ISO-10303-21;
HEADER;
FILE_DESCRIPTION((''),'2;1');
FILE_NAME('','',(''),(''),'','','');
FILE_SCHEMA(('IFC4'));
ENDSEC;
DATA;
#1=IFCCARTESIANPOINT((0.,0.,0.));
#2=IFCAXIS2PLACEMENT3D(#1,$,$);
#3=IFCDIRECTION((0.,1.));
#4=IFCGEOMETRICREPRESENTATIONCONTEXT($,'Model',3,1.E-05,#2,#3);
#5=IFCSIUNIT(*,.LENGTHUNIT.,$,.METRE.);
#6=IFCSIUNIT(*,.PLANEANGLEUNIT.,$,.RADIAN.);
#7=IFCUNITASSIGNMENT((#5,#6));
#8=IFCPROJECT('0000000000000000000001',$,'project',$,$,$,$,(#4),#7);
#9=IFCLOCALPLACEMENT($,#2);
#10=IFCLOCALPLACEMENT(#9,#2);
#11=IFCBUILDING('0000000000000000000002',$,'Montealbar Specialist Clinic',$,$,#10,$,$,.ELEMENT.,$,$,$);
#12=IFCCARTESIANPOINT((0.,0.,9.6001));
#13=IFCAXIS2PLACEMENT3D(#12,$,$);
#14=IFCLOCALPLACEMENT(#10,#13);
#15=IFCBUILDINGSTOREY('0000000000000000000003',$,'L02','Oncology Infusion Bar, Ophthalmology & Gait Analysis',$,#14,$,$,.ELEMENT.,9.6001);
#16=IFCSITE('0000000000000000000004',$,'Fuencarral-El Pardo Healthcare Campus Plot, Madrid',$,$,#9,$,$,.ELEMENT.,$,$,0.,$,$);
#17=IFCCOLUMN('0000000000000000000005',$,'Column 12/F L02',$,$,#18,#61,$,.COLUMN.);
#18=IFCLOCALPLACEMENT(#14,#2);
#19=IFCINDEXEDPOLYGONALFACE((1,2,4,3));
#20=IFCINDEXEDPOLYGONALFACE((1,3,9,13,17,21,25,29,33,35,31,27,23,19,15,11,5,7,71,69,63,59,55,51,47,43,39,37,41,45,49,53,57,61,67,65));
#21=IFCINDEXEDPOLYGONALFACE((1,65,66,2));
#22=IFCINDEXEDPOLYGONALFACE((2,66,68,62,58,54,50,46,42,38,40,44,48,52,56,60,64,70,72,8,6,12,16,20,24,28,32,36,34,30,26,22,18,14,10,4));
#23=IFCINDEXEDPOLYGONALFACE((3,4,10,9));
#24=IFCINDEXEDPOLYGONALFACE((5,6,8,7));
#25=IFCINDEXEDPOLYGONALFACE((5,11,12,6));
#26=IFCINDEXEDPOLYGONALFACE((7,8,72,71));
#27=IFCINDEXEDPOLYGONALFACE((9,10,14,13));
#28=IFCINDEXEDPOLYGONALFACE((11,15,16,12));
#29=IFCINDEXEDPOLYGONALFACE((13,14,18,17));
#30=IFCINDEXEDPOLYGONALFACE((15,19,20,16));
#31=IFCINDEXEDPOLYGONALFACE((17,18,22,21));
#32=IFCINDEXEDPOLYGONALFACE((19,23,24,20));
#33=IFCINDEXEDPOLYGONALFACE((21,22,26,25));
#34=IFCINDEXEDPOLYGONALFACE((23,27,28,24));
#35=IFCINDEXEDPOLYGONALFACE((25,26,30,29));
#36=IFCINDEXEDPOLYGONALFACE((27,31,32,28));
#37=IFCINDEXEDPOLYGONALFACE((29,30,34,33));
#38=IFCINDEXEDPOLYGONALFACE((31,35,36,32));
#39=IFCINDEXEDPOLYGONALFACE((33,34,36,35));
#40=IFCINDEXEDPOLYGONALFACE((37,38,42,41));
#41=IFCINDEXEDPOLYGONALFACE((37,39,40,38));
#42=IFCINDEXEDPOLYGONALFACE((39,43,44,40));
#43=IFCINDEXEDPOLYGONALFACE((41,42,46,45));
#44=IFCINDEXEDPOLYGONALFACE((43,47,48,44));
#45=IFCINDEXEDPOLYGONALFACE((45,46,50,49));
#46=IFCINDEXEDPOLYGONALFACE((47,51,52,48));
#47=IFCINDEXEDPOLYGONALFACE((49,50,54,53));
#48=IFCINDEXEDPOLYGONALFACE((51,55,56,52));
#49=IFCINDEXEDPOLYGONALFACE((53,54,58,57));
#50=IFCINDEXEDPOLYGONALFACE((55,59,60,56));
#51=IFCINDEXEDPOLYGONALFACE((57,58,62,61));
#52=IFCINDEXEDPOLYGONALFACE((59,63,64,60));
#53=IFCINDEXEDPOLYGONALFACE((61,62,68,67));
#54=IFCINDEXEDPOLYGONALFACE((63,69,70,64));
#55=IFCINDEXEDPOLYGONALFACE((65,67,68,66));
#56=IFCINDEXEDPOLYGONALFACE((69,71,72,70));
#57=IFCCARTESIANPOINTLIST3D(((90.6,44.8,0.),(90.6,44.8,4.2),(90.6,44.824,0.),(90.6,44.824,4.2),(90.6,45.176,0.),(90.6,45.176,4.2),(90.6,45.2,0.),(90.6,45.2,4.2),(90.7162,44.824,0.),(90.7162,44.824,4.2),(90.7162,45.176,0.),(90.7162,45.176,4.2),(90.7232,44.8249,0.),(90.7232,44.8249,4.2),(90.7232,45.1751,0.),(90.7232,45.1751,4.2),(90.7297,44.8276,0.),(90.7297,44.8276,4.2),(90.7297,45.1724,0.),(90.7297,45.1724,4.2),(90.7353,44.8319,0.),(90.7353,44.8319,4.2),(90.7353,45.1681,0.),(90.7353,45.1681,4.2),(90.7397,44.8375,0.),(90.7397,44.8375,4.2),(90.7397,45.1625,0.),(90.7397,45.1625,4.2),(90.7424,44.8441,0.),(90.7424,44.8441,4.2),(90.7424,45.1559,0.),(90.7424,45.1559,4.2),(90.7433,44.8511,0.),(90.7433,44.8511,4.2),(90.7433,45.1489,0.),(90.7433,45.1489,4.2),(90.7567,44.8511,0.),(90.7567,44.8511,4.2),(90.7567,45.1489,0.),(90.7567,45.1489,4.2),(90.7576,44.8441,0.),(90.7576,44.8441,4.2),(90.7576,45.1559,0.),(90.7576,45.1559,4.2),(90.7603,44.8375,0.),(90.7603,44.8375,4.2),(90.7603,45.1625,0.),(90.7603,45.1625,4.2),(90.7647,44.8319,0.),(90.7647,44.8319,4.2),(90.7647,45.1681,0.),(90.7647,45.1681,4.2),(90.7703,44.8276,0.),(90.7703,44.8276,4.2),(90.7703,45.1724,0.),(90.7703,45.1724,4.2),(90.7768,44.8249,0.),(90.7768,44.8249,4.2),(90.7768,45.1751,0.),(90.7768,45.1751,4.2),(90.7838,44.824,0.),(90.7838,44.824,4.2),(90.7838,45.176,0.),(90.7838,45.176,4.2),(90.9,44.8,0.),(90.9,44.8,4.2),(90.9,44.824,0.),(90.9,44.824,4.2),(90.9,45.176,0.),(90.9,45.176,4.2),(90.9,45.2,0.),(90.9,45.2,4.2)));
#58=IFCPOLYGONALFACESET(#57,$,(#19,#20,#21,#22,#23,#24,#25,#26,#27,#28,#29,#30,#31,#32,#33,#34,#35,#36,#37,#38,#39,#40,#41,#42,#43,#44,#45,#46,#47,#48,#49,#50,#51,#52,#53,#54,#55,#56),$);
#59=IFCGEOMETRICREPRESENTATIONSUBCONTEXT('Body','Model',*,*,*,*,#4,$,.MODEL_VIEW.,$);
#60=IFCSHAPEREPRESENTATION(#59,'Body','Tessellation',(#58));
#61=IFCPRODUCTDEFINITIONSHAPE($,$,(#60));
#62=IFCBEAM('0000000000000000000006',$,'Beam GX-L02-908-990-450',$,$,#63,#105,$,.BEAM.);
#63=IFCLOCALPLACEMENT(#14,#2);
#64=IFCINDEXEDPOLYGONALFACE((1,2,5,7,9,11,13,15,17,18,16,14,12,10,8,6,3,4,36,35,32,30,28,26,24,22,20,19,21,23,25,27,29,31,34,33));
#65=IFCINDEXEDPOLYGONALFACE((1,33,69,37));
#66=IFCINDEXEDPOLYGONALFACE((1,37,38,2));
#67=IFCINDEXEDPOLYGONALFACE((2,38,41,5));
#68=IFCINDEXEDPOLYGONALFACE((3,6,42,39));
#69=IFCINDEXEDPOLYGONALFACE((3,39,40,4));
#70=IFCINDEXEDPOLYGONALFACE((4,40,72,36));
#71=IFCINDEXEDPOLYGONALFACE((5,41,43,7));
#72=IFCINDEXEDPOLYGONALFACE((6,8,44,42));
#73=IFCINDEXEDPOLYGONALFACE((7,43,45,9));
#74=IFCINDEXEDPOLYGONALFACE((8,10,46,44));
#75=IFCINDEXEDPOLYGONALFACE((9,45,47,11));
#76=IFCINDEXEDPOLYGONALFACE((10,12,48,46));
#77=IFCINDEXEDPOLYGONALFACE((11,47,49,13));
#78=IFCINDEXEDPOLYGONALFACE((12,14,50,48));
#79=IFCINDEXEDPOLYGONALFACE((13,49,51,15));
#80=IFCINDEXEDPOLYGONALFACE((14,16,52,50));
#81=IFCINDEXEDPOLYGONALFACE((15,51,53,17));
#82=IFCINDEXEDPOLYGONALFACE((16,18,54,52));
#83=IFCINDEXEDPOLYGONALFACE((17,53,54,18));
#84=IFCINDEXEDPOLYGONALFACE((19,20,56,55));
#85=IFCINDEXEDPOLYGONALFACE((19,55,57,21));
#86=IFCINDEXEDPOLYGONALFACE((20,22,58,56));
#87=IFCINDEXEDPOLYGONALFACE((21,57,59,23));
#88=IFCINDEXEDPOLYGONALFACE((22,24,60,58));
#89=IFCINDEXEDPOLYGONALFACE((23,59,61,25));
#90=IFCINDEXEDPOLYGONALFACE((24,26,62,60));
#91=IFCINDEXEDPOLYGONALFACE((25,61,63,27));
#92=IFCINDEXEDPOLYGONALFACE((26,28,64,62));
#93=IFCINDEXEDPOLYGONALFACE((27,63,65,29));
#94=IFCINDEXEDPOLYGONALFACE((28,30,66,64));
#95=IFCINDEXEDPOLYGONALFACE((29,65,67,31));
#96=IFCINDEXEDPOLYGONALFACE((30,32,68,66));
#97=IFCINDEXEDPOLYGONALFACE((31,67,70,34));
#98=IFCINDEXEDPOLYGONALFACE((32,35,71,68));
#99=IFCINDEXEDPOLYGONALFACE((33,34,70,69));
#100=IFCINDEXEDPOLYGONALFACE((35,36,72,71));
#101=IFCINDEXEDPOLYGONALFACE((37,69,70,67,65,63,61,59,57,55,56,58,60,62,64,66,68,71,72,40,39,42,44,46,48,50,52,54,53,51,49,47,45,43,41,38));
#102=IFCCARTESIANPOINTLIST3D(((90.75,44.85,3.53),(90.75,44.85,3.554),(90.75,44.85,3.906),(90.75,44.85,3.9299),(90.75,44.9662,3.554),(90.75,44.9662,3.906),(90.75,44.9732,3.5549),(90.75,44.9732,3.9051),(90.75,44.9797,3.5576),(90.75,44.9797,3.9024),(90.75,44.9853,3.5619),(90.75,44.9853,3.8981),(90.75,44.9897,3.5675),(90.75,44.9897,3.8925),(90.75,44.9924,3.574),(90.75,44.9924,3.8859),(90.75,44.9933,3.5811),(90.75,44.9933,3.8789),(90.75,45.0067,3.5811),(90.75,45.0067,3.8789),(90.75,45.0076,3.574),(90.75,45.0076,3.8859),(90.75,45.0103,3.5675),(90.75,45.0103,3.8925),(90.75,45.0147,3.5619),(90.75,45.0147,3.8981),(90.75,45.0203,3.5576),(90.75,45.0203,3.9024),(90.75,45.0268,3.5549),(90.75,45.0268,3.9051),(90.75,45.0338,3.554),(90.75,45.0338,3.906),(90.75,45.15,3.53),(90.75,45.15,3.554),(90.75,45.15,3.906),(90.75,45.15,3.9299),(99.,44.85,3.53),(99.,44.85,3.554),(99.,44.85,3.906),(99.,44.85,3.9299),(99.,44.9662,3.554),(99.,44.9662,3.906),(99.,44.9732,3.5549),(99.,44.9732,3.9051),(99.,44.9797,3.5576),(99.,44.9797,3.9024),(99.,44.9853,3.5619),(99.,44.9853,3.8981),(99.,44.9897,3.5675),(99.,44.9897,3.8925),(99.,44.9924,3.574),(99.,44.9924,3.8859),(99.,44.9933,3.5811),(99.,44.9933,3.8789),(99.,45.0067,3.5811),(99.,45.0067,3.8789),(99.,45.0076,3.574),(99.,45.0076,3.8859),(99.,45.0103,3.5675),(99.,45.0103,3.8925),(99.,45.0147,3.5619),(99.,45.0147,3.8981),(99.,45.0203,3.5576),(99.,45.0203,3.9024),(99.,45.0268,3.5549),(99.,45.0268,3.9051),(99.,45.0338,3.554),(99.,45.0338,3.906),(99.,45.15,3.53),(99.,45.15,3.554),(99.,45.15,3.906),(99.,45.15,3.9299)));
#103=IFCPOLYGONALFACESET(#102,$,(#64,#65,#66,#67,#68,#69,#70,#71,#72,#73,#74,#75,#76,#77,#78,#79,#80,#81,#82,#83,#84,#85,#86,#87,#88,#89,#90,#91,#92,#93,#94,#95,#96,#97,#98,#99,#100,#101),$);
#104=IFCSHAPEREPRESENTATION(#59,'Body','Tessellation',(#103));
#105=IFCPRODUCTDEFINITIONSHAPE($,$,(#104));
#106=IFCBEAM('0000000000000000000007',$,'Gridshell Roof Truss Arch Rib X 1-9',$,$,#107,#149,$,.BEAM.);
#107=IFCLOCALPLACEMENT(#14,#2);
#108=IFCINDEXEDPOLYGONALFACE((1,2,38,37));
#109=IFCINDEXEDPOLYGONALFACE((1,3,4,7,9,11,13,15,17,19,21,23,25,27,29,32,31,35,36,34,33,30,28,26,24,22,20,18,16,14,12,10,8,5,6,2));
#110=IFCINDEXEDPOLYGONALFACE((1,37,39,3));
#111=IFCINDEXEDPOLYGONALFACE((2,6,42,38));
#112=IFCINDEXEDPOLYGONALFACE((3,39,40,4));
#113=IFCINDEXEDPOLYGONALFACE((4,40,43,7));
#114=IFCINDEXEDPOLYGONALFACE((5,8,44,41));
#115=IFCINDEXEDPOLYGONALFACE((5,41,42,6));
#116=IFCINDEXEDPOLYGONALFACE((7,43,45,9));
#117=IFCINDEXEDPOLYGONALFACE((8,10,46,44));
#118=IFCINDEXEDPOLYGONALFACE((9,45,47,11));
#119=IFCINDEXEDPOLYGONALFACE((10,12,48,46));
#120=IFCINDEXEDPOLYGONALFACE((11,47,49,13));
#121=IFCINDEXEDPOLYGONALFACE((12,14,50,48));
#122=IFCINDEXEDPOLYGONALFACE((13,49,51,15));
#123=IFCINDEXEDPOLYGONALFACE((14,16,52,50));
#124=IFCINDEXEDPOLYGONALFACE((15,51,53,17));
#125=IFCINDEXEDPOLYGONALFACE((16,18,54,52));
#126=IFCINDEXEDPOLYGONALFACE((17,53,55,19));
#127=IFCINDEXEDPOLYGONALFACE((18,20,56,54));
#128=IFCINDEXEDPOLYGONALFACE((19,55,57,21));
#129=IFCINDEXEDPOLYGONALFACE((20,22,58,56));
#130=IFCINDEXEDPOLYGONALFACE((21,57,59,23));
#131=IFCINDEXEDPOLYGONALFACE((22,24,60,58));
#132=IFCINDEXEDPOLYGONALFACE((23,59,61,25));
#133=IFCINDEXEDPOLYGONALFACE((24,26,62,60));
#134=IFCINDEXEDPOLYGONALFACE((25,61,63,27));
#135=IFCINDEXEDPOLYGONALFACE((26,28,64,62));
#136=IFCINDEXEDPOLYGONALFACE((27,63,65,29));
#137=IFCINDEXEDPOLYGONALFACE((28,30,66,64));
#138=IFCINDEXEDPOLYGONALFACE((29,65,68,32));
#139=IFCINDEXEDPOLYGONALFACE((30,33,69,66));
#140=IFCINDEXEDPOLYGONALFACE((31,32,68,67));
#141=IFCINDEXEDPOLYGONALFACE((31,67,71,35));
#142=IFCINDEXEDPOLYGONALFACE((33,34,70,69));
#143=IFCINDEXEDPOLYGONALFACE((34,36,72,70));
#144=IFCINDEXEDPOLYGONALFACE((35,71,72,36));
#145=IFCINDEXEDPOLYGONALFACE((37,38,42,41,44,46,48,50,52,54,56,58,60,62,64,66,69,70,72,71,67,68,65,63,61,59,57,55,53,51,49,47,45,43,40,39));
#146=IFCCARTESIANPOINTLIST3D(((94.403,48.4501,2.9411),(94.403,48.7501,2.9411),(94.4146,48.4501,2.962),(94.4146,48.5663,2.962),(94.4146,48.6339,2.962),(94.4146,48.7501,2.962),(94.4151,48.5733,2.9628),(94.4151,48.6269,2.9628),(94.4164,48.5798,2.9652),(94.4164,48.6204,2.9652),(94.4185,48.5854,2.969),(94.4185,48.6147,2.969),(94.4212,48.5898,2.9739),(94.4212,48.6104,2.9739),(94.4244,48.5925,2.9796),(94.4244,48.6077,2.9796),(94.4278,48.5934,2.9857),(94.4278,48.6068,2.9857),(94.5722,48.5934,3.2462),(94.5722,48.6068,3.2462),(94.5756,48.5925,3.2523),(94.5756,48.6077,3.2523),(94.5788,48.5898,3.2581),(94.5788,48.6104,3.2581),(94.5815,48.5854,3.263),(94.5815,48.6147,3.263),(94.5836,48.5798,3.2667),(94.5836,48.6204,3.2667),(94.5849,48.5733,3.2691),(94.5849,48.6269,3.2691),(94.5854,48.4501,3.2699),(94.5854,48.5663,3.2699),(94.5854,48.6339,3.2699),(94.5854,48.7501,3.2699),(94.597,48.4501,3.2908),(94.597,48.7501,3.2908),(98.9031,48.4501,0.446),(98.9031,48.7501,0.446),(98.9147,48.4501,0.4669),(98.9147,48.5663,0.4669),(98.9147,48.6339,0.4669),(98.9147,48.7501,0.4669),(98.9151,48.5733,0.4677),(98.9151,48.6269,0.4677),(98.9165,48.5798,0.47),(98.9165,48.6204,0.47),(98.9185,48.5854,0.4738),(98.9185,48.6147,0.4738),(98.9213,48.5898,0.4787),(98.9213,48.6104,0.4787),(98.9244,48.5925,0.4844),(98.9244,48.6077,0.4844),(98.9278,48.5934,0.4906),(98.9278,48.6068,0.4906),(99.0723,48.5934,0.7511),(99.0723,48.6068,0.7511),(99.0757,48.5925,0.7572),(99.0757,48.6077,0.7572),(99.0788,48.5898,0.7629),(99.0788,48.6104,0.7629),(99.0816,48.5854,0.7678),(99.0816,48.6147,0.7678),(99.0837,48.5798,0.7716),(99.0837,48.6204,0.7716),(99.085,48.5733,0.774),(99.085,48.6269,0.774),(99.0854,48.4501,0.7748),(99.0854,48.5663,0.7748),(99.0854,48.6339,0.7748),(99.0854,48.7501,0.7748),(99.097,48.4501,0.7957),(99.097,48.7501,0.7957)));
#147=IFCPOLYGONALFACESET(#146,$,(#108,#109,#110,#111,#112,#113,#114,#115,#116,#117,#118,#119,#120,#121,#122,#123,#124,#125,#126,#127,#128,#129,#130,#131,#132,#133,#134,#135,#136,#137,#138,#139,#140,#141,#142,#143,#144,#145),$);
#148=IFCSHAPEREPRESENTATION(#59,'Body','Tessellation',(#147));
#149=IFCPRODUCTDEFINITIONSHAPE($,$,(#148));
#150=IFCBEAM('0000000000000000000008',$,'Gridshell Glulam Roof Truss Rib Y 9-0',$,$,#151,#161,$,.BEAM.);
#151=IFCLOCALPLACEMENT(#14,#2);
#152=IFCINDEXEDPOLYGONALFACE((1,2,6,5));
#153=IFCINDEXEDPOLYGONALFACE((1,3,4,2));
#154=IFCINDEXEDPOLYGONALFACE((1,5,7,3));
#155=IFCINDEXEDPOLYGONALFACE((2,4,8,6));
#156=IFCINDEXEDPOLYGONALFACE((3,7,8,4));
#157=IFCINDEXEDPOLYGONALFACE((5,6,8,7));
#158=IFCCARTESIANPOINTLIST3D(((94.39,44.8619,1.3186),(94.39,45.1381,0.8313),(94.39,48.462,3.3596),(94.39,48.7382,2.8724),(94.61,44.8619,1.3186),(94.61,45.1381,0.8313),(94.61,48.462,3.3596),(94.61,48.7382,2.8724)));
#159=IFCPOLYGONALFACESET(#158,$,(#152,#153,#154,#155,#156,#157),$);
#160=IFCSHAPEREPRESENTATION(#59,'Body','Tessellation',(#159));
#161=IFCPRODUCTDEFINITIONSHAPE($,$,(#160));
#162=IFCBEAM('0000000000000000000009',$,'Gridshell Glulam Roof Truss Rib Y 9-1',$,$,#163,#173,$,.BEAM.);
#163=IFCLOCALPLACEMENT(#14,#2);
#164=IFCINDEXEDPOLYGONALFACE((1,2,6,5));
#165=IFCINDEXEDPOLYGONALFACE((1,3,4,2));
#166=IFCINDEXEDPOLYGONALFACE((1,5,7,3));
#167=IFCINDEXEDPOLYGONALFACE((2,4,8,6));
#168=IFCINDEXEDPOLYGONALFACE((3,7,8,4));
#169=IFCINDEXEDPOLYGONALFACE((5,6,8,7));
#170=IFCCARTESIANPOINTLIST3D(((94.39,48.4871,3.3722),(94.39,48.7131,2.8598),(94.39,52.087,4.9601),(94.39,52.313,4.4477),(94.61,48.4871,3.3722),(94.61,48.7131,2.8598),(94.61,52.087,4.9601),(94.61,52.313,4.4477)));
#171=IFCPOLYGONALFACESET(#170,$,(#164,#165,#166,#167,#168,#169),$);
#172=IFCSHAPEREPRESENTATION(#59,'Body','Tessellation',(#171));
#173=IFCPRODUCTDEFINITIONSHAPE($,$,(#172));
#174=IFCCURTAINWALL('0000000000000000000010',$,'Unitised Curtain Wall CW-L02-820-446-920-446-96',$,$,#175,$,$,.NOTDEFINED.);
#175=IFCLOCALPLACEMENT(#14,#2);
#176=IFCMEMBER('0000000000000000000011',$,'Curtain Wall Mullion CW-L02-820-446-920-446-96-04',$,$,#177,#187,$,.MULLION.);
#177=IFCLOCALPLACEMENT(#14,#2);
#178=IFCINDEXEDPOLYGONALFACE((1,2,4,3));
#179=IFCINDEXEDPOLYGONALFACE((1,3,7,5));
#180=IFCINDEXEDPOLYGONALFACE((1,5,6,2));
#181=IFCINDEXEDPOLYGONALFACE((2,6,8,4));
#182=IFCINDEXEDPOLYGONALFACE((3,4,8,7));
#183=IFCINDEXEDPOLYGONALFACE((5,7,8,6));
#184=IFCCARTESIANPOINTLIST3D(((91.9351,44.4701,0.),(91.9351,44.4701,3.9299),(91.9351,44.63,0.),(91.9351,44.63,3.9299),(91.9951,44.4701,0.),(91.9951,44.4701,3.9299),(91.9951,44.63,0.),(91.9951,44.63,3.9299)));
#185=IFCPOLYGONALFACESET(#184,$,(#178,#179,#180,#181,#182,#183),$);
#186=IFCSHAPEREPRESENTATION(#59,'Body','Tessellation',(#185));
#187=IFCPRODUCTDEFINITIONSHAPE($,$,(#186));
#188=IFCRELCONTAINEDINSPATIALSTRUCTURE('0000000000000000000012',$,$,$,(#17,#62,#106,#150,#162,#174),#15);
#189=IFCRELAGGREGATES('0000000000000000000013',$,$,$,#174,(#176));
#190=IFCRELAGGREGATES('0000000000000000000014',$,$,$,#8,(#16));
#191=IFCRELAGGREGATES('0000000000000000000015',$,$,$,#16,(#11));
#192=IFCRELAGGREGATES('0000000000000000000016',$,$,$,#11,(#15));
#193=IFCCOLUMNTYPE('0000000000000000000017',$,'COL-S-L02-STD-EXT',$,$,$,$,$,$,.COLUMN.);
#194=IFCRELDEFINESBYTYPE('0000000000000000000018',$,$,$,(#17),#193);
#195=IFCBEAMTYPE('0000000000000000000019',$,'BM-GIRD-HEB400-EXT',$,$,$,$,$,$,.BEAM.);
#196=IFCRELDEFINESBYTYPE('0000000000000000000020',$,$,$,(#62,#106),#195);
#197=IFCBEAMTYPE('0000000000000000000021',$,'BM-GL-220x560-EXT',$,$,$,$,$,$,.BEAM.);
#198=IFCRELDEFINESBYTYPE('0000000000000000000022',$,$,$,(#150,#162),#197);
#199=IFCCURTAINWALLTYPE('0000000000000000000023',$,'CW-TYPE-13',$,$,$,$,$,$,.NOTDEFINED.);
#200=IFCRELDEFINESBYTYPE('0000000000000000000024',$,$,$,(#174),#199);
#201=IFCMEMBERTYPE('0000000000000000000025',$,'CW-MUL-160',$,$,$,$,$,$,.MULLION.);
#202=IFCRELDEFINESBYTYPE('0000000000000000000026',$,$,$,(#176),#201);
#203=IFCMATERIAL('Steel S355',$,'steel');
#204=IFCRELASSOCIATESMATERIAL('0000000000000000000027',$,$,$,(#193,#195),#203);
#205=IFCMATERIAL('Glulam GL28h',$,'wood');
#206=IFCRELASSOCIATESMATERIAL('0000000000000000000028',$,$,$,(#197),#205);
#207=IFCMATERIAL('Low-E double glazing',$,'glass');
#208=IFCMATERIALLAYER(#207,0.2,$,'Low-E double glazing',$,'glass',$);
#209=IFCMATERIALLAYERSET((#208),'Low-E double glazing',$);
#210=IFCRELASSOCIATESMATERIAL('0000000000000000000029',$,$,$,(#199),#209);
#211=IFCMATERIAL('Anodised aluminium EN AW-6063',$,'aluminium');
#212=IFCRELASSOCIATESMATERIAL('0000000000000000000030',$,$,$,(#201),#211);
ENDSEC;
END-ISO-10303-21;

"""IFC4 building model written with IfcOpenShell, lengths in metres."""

from ifc_helpers import new_model, si_unit, direction, frame, origin, origin_2d, place, context, subcontext, project, spatial, rectangle, i_section, extrude, material, layer, layer_set, material_profile, profile_set, type_object, element, aggregate, save


model = new_model("IFC4")

# Units and contexts
model_context = context("Model", 3, precision=1e-05, world=origin(), true_north=direction((0.0, 1.0)))
body_context = subcontext(model_context, "Body", "Model", "MODEL_VIEW")
ifc_project = project(units=[si_unit("LENGTHUNIT", "METRE"), si_unit("PLANEANGLEUNIT", "RADIAN")], contexts=[model_context])

# Site, building, storey
site_placement = place(None, origin())
site = spatial("IfcSite", under=ifc_project, at=site_placement, Name="Fuencarral-El Pardo Healthcare Campus Plot, Madrid", CompositionType="ELEMENT", RefElevation=0.0)
building_placement = place(site_placement, origin())
building = spatial("IfcBuilding", under=site, at=building_placement, Name="Montealbar Specialist Clinic", CompositionType="ELEMENT")
storey_placement = place(building_placement, frame((0.0, 0.0, 9.6001)))
storey = spatial("IfcBuildingStorey", under=building, at=storey_placement, Name="L02", Description="Oncology Infusion Bar, Ophthalmology & Gait Analysis", CompositionType="ELEMENT", Elevation=9.6001)

# Column
ifc_material_1 = material(Name="Steel S355", Category="steel")
ifc_material_profile_1 = material_profile(ifc_material_1, i_section(OverallWidth=0.3, OverallDepth=0.3999, WebThickness=0.0134, FlangeThickness=0.0239, FilletRadius=0.0271, at=origin_2d()), Name="HEB 400", Category="steel")
ifc_profile_set_1 = profile_set([ifc_material_profile_1], Name="Steel S355")
column_type = type_object("IfcColumnType", Name="COL-S-L02-STD-EXT", PredefinedType="COLUMN", material=ifc_profile_set_1)
column_placement = place(storey_placement, frame((90.75, 45.0, 0.0), z_axis=(0.0, 0.0, 1.0), x_axis=(1.0, 0.0, 0.0)))
element("IfcColumn", 1, at=column_placement, inside=storey, type_object=column_type, Name="Column 12/F L02", PredefinedType="COLUMN", context=body_context, shape_type="SweptSolid", body=[
    extrude(i_section(OverallWidth=0.3, OverallDepth=0.3999, WebThickness=0.0134, FlangeThickness=0.0239, FilletRadius=0.0271, at=origin_2d()), origin(), (0.0, 0.0, 1.0), 4.2),
])

# Beams
ifc_material_profile_2 = material_profile(ifc_material_1, i_section(OverallWidth=0.3, OverallDepth=0.3999, WebThickness=0.0134, FlangeThickness=0.0239, FilletRadius=0.0271, at=origin_2d()), Name="HEB 400", Category="steel")
ifc_profile_set_2 = profile_set([ifc_material_profile_2], Name="Steel S355")
beam_type_1 = type_object("IfcBeamType", Name="BM-GIRD-HEB400-EXT", PredefinedType="BEAM", material=ifc_profile_set_2)
beam_1_placement = place(storey_placement, frame((90.75, 45.0, 3.73), z_axis=(1.0, 0.0, 0.0), x_axis=(0.0, 1.0, 0.0)))
element("IfcBeam", 2, at=beam_1_placement, inside=storey, type_object=beam_type_1, Name="Beam GX-L02-908-990-450", PredefinedType="BEAM", context=body_context, shape_type="SweptSolid", body=[
    extrude(i_section(OverallWidth=0.3, OverallDepth=0.3999, WebThickness=0.0134, FlangeThickness=0.0239, FilletRadius=0.0271, at=origin_2d()), origin(), (0.0, 0.0, 1.0), 8.25),
])
beam_2_placement = place(storey_placement, frame((94.5, 48.6001, 3.116), z_axis=(0.87456, 0.0, -0.484918), x_axis=(0.0, 1.0, 0.0)))
element("IfcBeam", 3, at=beam_2_placement, inside=storey, type_object=beam_type_1, Name="Gridshell Roof Truss Arch Rib X 1-9", PredefinedType="BEAM", context=body_context, shape_type="SweptSolid", body=[
    extrude(i_section(OverallWidth=0.3, OverallDepth=0.3999, WebThickness=0.0134, FlangeThickness=0.0239, FilletRadius=0.0271, at=origin_2d()), origin(), (0.0, 0.0, 1.0), 5.1455),
])
ifc_material_2 = material(Name="Glulam GL28h", Category="wood")
ifc_material_profile_3 = material_profile(ifc_material_2, rectangle(XDim=0.22, YDim=0.5601, at=origin_2d()), Name="GL28h 220x560", Category="wood")
ifc_profile_set_3 = profile_set([ifc_material_profile_3], Name="Glulam GL28h")
beam_type_2 = type_object("IfcBeamType", Name="BM-GL-220x560-EXT", PredefinedType="BEAM", material=ifc_profile_set_3)
beam_3_placement = place(storey_placement, frame((94.5, 45.0, 1.075), z_axis=(0.0, 0.869923, 0.493188), x_axis=(-1.0, 0.0, 0.0)))
element("IfcBeam", 4, at=beam_3_placement, inside=storey, type_object=beam_type_2, Name="Gridshell Glulam Roof Truss Rib Y 9-0", PredefinedType="BEAM", context=body_context, shape_type="SweptSolid", body=[
    extrude(rectangle(XDim=0.22, YDim=0.5601, at=origin_2d()), origin(), (0.0, 0.0, 1.0), 4.1384),
])
beam_4_placement = place(storey_placement, frame((94.5, 48.6001, 3.116), z_axis=(0.0, 0.914944, 0.403581), x_axis=(-1.0, 0.0, 0.0)))
element("IfcBeam", 5, at=beam_4_placement, inside=storey, type_object=beam_type_2, Name="Gridshell Glulam Roof Truss Rib Y 9-1", PredefinedType="BEAM", context=body_context, shape_type="SweptSolid", body=[
    extrude(rectangle(XDim=0.22, YDim=0.5601, at=origin_2d()), origin(), (0.0, 0.0, 1.0), 3.9346),
])

# Curtain wall, member
ifc_material_3 = material(Name="Low-E double glazing", Category="glass")
ifc_layer_1 = layer(ifc_material_3, 0.2, Name="Low-E double glazing", Category="glass")
ifc_layer_set_1 = layer_set([ifc_layer_1], Name="Low-E double glazing")
curtain_wall_type_1 = type_object("IfcCurtainWallType", Name="CW-TYPE-13", PredefinedType="NOTDEFINED", material=ifc_layer_set_1)
curtain_wall_1_placement = place(storey_placement, origin())
curtain_wall_1 = element("IfcCurtainWall", 6, at=curtain_wall_1_placement, inside=storey, type_object=curtain_wall_type_1, Name="Unitised Curtain Wall CW-L02-820-446-920-446-96", PredefinedType="NOTDEFINED")
ifc_material_4 = material(Name="Anodised aluminium EN AW-6063", Category="aluminium")
ifc_material_profile_4 = material_profile(ifc_material_4, rectangle(XDim=0.0601, YDim=0.1599, at=origin_2d()), Name="ALU 60x160", Category="aluminium")
ifc_profile_set_4 = profile_set([ifc_material_profile_4], Name="Anodised aluminium EN AW-6063")
member_type_1 = type_object("IfcMemberType", Name="CW-MUL-160", PredefinedType="MULLION", material=ifc_profile_set_4)
member_1_placement = place(storey_placement, frame((91.9651, 44.55, 0.0), z_axis=(0.0, 0.0, 1.0), x_axis=(1.0, 0.0, 0.0)))
member_1 = element("IfcMember", 7, at=member_1_placement, type_object=member_type_1, Name="Curtain Wall Mullion CW-L02-820-446-920-446-96-04", PredefinedType="MULLION", context=body_context, shape_type="SweptSolid", body=[
    extrude(rectangle(XDim=0.0601, YDim=0.1599, at=origin_2d()), origin(), (0.0, 0.0, 1.0), 3.9299),
])

aggregate(curtain_wall_1, [member_1])

save(model, "model.ifc")
